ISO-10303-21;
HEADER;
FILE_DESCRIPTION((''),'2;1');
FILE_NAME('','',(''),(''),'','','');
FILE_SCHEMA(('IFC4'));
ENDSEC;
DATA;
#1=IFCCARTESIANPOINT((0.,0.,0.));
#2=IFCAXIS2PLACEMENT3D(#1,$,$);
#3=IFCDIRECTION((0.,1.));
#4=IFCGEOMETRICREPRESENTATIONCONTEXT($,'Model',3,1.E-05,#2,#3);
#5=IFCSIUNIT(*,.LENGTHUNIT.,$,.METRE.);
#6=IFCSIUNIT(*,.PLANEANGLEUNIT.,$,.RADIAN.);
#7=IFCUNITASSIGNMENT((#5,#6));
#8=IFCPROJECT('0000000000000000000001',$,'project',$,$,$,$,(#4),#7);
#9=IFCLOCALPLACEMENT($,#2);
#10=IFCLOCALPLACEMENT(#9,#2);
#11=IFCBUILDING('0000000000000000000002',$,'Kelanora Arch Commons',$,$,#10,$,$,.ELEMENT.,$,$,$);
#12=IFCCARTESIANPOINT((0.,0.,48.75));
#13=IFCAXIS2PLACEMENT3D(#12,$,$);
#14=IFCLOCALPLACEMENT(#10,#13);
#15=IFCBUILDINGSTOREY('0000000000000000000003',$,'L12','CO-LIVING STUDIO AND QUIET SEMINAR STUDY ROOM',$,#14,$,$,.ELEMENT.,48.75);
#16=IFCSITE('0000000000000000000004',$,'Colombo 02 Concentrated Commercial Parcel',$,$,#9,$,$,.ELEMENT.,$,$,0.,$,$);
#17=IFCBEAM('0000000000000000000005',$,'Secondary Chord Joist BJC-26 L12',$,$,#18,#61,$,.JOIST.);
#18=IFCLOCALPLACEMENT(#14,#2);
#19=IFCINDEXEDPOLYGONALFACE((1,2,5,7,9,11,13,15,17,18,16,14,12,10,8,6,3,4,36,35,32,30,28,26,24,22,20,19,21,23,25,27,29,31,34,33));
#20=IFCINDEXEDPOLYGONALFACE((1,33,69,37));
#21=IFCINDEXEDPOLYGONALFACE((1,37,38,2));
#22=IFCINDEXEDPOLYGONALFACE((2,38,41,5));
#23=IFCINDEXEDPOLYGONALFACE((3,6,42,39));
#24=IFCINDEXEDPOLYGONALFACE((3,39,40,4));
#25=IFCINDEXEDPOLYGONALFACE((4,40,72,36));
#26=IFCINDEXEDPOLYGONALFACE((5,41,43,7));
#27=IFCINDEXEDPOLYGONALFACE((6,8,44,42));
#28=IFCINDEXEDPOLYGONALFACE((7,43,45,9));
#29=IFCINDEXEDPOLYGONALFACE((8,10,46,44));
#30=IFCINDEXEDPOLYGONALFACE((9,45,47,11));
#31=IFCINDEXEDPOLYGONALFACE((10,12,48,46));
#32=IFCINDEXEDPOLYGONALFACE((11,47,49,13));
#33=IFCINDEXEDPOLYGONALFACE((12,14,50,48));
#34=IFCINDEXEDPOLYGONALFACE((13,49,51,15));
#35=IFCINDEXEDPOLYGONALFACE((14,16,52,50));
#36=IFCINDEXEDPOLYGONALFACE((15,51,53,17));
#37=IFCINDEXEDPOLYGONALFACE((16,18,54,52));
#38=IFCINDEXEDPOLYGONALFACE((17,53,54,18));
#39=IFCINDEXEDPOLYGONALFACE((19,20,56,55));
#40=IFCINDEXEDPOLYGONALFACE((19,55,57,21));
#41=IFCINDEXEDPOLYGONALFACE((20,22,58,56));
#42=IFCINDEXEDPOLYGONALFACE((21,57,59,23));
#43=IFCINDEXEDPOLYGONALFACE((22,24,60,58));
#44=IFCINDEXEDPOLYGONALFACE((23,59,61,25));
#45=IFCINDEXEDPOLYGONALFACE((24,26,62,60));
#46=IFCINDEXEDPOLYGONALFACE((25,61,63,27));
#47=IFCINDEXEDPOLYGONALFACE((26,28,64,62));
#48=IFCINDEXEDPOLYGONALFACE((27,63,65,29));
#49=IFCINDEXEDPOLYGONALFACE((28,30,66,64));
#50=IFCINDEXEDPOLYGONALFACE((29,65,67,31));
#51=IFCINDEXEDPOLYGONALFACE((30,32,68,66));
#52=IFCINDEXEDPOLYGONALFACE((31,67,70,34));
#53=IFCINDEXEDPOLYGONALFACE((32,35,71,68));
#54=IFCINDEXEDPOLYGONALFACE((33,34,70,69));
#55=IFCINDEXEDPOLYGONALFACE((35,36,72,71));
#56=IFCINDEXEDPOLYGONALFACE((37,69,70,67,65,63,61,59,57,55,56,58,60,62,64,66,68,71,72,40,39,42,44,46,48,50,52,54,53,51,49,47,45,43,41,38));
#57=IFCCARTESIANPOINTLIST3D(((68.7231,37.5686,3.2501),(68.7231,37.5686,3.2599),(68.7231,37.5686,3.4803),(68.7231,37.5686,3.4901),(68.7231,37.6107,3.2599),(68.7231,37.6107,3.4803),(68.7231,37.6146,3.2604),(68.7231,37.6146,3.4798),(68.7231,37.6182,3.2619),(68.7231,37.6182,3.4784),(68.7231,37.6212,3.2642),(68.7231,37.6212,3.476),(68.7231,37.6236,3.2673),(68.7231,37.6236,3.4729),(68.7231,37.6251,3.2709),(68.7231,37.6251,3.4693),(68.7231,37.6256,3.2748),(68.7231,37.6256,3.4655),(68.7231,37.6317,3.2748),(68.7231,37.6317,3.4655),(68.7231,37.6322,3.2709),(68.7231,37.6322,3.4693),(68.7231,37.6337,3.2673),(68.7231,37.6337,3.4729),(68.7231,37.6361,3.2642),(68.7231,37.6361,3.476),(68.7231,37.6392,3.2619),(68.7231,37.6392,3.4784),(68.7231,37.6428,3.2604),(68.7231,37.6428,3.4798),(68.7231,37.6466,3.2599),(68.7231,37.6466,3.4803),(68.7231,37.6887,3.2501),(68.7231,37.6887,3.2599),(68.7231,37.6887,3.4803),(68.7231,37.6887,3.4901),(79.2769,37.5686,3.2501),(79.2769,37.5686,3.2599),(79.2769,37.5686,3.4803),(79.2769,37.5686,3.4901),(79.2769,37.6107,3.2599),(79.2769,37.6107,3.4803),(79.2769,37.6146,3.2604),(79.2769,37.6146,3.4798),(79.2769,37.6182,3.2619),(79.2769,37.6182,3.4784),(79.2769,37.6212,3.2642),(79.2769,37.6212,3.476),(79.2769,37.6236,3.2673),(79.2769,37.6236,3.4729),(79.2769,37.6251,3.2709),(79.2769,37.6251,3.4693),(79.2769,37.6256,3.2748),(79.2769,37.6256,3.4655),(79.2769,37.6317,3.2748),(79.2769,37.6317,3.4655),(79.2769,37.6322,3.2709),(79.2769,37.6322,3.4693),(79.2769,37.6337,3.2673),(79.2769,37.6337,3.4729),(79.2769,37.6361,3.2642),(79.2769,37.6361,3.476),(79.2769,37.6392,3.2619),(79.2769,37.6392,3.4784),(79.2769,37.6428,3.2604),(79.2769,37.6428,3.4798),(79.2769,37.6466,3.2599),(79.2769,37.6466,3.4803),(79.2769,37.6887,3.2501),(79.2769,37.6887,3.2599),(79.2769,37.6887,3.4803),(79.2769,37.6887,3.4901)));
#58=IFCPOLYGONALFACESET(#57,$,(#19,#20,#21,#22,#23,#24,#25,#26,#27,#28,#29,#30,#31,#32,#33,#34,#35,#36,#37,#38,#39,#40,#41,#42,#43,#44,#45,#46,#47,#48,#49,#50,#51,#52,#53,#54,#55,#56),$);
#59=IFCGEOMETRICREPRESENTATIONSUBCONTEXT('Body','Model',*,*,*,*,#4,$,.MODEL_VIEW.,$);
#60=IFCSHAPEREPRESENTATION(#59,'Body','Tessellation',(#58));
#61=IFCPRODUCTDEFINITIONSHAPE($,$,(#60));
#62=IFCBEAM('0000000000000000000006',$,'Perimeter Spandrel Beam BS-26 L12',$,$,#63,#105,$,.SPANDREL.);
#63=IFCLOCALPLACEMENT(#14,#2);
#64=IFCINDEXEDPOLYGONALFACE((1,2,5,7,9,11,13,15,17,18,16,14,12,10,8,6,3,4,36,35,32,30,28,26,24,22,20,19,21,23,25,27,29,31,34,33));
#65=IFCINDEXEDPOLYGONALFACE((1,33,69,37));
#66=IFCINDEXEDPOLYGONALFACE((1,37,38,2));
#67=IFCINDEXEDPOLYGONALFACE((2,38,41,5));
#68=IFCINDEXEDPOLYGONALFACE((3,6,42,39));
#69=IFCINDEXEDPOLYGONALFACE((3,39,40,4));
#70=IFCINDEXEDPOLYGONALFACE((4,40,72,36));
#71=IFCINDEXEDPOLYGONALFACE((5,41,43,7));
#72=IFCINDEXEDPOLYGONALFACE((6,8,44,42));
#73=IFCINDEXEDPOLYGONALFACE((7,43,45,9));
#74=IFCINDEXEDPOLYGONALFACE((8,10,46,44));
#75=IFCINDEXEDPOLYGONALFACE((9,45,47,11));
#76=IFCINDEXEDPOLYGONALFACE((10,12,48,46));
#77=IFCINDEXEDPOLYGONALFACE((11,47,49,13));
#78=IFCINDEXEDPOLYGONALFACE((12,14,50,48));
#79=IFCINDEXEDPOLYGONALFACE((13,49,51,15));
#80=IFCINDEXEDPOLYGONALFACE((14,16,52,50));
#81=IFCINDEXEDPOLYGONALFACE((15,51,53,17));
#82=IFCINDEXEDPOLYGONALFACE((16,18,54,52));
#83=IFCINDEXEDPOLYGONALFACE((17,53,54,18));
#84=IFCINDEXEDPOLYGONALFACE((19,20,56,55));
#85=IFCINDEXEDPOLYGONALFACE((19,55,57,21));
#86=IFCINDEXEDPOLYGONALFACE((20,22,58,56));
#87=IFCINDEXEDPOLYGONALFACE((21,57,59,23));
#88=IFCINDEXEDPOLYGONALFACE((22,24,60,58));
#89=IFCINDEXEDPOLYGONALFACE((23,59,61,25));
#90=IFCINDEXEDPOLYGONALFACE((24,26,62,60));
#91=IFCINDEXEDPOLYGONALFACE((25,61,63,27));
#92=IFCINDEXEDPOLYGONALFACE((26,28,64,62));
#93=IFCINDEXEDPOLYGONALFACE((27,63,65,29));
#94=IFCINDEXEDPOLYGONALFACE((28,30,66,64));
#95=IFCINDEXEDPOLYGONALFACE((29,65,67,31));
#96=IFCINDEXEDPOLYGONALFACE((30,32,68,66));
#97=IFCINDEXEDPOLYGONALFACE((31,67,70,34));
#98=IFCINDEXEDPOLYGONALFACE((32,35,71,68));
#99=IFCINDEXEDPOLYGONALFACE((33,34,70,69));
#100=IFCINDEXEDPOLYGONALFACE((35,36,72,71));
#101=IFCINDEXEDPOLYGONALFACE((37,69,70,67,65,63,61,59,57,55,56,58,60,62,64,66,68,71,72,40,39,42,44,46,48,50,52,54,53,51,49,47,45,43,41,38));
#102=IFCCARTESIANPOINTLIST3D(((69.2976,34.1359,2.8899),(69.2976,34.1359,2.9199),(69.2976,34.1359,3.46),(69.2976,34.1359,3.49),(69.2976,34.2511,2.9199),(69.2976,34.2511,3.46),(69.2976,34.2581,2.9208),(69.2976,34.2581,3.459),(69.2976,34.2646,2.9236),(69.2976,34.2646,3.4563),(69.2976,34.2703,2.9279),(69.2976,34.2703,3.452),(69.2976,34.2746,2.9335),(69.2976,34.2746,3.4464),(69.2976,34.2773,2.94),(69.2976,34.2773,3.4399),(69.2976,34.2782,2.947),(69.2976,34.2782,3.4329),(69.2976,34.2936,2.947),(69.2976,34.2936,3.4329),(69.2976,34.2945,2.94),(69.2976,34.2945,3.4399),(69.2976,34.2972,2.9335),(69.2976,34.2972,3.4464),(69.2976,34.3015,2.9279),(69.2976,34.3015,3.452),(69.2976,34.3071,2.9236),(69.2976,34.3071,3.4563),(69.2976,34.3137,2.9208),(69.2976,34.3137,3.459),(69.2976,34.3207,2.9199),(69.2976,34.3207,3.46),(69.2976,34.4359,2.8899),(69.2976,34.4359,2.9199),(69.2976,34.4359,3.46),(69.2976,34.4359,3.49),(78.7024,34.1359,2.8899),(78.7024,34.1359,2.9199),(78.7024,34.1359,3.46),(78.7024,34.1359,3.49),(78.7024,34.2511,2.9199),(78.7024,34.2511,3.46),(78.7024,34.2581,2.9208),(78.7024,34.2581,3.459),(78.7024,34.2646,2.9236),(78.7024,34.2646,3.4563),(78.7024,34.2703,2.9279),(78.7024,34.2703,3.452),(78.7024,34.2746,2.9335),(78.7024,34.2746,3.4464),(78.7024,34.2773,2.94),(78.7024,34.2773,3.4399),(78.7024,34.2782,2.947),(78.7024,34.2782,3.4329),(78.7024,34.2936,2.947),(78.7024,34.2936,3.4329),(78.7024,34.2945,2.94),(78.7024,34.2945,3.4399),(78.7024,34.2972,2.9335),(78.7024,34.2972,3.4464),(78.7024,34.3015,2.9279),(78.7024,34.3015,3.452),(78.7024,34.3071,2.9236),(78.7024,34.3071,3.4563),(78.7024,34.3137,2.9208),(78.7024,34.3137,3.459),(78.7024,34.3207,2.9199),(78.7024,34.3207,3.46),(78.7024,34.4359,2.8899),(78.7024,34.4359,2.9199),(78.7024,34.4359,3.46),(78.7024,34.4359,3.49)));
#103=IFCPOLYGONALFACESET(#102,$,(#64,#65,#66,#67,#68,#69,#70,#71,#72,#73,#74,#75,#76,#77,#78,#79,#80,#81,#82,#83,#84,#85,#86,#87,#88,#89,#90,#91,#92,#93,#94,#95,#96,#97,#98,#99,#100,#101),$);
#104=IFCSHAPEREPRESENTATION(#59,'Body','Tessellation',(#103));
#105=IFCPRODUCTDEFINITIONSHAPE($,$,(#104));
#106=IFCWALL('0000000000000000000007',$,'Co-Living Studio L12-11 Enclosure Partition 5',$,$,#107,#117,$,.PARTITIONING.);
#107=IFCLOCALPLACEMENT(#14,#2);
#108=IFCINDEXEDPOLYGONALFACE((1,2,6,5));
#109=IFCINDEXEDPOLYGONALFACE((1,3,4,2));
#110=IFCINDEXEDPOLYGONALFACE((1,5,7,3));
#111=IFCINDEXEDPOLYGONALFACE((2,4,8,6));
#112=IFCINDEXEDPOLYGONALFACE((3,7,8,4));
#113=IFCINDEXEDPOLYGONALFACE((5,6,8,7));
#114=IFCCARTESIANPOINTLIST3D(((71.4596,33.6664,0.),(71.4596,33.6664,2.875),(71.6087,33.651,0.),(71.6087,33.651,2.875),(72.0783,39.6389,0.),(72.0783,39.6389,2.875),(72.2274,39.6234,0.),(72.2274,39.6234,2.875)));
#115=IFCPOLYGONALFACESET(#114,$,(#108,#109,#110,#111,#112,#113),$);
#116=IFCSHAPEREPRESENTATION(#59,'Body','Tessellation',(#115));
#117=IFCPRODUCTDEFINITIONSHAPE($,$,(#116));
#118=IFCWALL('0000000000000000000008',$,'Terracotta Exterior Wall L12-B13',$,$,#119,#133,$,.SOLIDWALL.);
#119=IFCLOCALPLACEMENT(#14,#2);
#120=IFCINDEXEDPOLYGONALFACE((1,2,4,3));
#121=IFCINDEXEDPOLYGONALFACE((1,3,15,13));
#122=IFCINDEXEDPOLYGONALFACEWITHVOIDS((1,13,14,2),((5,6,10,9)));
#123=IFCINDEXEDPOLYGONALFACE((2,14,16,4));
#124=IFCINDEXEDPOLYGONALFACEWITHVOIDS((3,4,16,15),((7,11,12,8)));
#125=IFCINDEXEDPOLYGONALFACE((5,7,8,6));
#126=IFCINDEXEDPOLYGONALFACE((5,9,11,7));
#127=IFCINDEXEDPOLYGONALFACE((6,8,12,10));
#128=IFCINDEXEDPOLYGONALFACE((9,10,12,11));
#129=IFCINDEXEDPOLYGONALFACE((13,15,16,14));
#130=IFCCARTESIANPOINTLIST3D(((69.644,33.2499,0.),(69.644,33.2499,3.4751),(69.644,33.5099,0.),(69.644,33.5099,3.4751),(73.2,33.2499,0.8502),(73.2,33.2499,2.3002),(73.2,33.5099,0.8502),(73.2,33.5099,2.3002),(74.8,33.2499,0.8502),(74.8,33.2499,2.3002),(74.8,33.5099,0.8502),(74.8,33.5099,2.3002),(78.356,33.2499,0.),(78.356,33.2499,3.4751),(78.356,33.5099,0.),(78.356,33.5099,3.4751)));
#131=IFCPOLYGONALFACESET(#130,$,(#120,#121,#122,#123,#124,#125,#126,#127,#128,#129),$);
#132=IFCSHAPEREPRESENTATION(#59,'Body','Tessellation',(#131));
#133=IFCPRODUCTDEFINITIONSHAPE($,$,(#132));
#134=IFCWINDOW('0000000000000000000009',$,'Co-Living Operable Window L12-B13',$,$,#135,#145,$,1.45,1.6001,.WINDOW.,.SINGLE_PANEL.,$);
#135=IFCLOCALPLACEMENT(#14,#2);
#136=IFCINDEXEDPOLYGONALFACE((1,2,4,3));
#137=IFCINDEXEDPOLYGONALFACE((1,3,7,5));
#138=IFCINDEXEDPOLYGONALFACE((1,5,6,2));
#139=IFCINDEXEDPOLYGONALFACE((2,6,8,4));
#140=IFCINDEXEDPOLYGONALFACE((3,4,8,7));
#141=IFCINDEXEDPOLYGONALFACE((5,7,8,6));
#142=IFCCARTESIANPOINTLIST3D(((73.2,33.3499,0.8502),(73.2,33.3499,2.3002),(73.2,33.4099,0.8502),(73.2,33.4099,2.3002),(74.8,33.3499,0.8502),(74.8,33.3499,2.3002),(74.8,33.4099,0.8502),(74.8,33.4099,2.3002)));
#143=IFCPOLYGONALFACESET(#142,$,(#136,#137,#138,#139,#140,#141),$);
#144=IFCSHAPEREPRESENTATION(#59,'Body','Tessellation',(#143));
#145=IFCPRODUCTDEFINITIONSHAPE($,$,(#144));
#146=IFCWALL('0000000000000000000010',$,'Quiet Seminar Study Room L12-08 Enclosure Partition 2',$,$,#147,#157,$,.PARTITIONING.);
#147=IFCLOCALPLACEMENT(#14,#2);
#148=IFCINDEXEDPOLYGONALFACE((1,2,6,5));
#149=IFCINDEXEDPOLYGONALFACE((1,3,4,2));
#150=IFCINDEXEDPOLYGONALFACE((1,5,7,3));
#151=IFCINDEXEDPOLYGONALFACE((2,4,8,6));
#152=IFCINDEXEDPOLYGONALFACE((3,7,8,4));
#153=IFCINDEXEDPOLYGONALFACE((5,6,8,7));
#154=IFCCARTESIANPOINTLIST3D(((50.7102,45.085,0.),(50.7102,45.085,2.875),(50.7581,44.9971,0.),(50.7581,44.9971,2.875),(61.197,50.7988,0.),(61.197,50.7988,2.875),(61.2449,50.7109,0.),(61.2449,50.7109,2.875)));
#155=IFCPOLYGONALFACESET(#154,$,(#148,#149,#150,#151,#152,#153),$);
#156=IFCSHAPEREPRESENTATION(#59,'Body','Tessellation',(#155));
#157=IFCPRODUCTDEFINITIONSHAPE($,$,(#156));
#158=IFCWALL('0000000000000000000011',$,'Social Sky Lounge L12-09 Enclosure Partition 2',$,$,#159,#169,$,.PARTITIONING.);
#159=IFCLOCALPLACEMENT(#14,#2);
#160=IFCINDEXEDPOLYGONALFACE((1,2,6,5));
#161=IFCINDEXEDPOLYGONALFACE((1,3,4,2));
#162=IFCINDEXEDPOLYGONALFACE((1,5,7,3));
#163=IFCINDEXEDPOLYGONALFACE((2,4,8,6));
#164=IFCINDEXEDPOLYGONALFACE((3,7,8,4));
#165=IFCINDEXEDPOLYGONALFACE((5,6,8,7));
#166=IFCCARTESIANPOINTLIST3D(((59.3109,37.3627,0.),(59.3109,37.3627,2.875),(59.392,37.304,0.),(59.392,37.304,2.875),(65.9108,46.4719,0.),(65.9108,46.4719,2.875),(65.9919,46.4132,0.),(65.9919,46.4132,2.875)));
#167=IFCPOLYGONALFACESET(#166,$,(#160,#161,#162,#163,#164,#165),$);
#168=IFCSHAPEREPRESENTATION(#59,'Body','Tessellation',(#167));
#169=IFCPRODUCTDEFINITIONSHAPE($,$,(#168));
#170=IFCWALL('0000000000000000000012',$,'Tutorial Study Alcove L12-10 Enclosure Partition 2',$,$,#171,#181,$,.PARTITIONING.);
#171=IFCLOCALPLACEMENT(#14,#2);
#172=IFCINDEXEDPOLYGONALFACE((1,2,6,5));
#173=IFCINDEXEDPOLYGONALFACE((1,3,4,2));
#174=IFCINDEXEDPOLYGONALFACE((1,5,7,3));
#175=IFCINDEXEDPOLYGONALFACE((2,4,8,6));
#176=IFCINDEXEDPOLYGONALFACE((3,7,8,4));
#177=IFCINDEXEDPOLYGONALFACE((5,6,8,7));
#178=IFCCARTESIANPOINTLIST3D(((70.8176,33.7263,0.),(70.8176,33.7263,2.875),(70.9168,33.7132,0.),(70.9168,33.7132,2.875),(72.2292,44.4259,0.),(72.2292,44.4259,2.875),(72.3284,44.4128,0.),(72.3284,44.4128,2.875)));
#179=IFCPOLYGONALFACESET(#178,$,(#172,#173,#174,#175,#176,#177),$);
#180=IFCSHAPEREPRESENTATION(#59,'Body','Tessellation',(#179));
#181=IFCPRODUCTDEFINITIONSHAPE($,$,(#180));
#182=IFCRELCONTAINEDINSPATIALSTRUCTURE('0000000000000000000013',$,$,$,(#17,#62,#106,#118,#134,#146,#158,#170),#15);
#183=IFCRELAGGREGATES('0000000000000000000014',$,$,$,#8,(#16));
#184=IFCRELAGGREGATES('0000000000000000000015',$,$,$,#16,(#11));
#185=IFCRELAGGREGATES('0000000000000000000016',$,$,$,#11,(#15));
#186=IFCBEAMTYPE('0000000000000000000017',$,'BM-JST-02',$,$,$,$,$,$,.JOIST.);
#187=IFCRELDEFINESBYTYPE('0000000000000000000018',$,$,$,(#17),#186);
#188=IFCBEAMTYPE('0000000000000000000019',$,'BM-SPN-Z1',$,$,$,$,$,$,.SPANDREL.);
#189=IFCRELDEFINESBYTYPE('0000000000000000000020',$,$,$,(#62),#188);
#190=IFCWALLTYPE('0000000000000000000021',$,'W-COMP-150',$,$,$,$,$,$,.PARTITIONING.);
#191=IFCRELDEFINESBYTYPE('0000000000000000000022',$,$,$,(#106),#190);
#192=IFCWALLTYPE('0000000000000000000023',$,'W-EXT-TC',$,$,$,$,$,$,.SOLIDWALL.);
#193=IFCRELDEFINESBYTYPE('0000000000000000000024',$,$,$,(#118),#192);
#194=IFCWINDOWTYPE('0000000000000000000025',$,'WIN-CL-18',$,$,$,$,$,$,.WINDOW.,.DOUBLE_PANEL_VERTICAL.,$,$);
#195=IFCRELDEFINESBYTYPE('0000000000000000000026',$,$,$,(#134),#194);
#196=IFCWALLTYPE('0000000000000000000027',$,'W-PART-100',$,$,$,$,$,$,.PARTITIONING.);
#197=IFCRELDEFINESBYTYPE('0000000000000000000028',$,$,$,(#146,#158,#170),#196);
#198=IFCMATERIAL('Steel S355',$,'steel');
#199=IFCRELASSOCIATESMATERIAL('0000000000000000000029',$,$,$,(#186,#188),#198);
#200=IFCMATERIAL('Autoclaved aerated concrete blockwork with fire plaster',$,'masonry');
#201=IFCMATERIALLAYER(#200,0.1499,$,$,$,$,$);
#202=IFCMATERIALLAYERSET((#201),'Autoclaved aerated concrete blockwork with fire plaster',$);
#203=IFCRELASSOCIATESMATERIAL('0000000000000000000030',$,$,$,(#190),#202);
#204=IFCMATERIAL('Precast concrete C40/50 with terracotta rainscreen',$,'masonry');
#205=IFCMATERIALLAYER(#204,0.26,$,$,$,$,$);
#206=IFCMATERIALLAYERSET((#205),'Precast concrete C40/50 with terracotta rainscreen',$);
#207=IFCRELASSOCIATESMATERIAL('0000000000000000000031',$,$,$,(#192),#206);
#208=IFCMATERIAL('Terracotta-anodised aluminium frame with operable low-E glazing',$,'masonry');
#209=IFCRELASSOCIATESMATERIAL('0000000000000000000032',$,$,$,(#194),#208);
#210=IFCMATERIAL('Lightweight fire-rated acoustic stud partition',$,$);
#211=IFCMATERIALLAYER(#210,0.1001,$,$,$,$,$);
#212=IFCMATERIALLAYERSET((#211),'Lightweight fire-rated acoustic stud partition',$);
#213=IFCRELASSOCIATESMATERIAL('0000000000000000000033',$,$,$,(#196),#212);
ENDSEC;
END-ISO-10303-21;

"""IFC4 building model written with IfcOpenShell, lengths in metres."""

from ifc_helpers import new_model, si_unit, direction, frame, frame_2d, origin, origin_2d, place, context, subcontext, project, spatial, rectangle, i_section, extrude, material, layer, layer_set, material_profile, profile_set, type_object, element, fill, save


model = new_model("IFC4")

# Units and contexts
model_context = context("Model", 3, precision=1e-05, world=origin(), true_north=direction((0.0, 1.0)))
body_context = subcontext(model_context, "Body", "Model", "MODEL_VIEW")
ifc_project = project(units=[si_unit("LENGTHUNIT", "METRE"), si_unit("PLANEANGLEUNIT", "RADIAN")], contexts=[model_context])

# Site, building, storey
site_placement = place(None, origin())
site = spatial("IfcSite", under=ifc_project, at=site_placement, Name="Colombo 02 Concentrated Commercial Parcel", CompositionType="ELEMENT", RefElevation=0.0)
building_placement = place(site_placement, origin())
building = spatial("IfcBuilding", under=site, at=building_placement, Name="Kelanora Arch Commons", CompositionType="ELEMENT")
storey_placement = place(building_placement, frame((0.0, 0.0, 48.75)))
storey = spatial("IfcBuildingStorey", under=building, at=storey_placement, Name="L12", Description="CO-LIVING STUDIO AND QUIET SEMINAR STUDY ROOM", CompositionType="ELEMENT", Elevation=48.75)

# Beams
ifc_material_1 = material(Name="Steel S355", Category="steel")
ifc_material_profile_1 = material_profile(ifc_material_1, i_section(OverallWidth=0.1201, OverallDepth=0.24, WebThickness=0.0061, FlangeThickness=0.0098, FilletRadius=0.0149, at=origin_2d()), Name="IPE240")
ifc_profile_set_1 = profile_set([ifc_material_profile_1], Name="Steel S355")
beam_type_1 = type_object("IfcBeamType", Name="BM-JST-02", PredefinedType="JOIST", material=ifc_profile_set_1)
beam_1_placement = place(storey_placement, frame((68.7231, 37.6287, 3.3701), z_axis=(1.0, 0.0, 0.0), x_axis=(0.0, 1.0, 0.0)))
element("IfcBeam", 1, at=beam_1_placement, inside=storey, type_object=beam_type_1, Name="Secondary Chord Joist BJC-26 L12", PredefinedType="JOIST", context=body_context, shape_type="SweptSolid", body=[
    extrude(i_section(OverallWidth=0.1201, OverallDepth=0.24, WebThickness=0.0061, FlangeThickness=0.0098, FilletRadius=0.0149, at=origin_2d()), origin(), (0.0, 0.0, 1.0), 10.5537),
])
ifc_material_profile_2 = material_profile(ifc_material_1, i_section(OverallWidth=0.3, OverallDepth=0.6001, WebThickness=0.0154, FlangeThickness=0.03, FilletRadius=0.0271, at=origin_2d()), Name="HEB600")
ifc_profile_set_2 = profile_set([ifc_material_profile_2], Name="Steel S355")
beam_type_2 = type_object("IfcBeamType", Name="BM-SPN-Z1", PredefinedType="SPANDREL", material=ifc_profile_set_2)
beam_2_placement = place(storey_placement, frame((69.2976, 34.2859, 3.1899), z_axis=(1.0, 0.0, 0.0), x_axis=(0.0, 1.0, 0.0)))
element("IfcBeam", 2, at=beam_2_placement, inside=storey, type_object=beam_type_2, Name="Perimeter Spandrel Beam BS-26 L12", PredefinedType="SPANDREL", context=body_context, shape_type="SweptSolid", body=[
    extrude(i_section(OverallWidth=0.3, OverallDepth=0.6001, WebThickness=0.0154, FlangeThickness=0.03, FilletRadius=0.0271, at=origin_2d()), origin(), (0.0, 0.0, 1.0), 9.4048),
])

# Wall
ifc_material_2 = material(Name="Autoclaved aerated concrete blockwork with fire plaster", Category="masonry")
ifc_layer_1 = layer(ifc_material_2, 0.1499)
ifc_layer_set_1 = layer_set([ifc_layer_1], Name="Autoclaved aerated concrete blockwork with fire plaster")
wall_type_1 = type_object("IfcWallType", Name="W-COMP-150", PredefinedType="PARTITIONING", material=ifc_layer_set_1)
wall_1_placement = place(storey_placement, frame((71.5342, 33.6587, 0.0), z_axis=(0.0, 0.0, 1.0), x_axis=(0.103034, 0.994678, 0.0)))
element("IfcWall", 3, at=wall_1_placement, inside=storey, type_object=wall_type_1, Name="Co-Living Studio L12-11 Enclosure Partition 5", PredefinedType="PARTITIONING", context=body_context, shape_type="SweptSolid", body=[
    extrude(rectangle(XDim=6.0044, YDim=0.1499, at=frame_2d((3.0022, 0.0))), origin(), (0.0, 0.0, 1.0), 2.875),
])

# Wall, opening, window
ifc_material_3 = material(Name="Precast concrete C40/50 with terracotta rainscreen", Category="masonry")
ifc_layer_2 = layer(ifc_material_3, 0.26)
ifc_layer_set_2 = layer_set([ifc_layer_2], Name="Precast concrete C40/50 with terracotta rainscreen")
wall_type_2 = type_object("IfcWallType", Name="W-EXT-TC", PredefinedType="SOLIDWALL", material=ifc_layer_set_2)
wall_2_placement = place(storey_placement, frame((69.644, 33.3799, 0.0), z_axis=(0.0, 0.0, 1.0), x_axis=(1.0, 0.0, 0.0)))
wall_2 = element("IfcWall", 4, at=wall_2_placement, inside=storey, type_object=wall_type_2, Name="Terracotta Exterior Wall L12-B13", PredefinedType="SOLIDWALL", context=body_context, shape_type="SweptSolid", body=[
    extrude(rectangle(XDim=8.7119, YDim=0.26, at=frame_2d((4.356, 0.0))), origin(), (0.0, 0.0, 1.0), 3.4751),
])
opening_1_placement = place(wall_2_placement, frame((3.5559, 0.0, 0.8501)))
opening_1 = element("IfcOpeningElement", 5, at=opening_1_placement, cuts=wall_2, PredefinedType="OPENING", context=body_context, shape_type="SweptSolid", body=[
    extrude(rectangle(XDim=1.6001, YDim=1.45, at=frame_2d((0.8, 0.7251))), frame((0.0, 0.1401, 0.0), z_axis=(0.0, -1.0, 0.0), x_axis=(1.0, 0.0, 0.0)), (0.0, 0.0, 1.0), 0.28),
])
ifc_material_4 = material(Name="Terracotta-anodised aluminium frame with operable low-E glazing", Category="masonry")
window_type = type_object("IfcWindowType", Name="WIN-CL-18", PartitioningType="DOUBLE_PANEL_VERTICAL", PredefinedType="WINDOW", material=ifc_material_4)
window_placement = place(opening_1_placement, origin())
window = element("IfcWindow", 6, at=window_placement, inside=storey, type_object=window_type, Name="Co-Living Operable Window L12-B13", OverallHeight=1.45, OverallWidth=1.6001, PartitioningType="SINGLE_PANEL", PredefinedType="WINDOW", context=body_context, shape_type="SweptSolid", body=[
    extrude(rectangle(XDim=1.6001, YDim=1.45, at=frame_2d((0.8, 0.7251))), frame((0.0, 0.03, 0.0), z_axis=(0.0, -1.0, 0.0), x_axis=(1.0, 0.0, 0.0)), (0.0, 0.0, 1.0), 0.0601),
])
fill(opening_1, window)

# Walls
ifc_material_5 = material(Name="Lightweight fire-rated acoustic stud partition")
ifc_layer_3 = layer(ifc_material_5, 0.1001)
ifc_layer_set_3 = layer_set([ifc_layer_3], Name="Lightweight fire-rated acoustic stud partition")
wall_type_3 = type_object("IfcWallType", Name="W-PART-100", PredefinedType="PARTITIONING", material=ifc_layer_set_3)
wall_3_placement = place(storey_placement, frame((61.2209, 50.7549, 0.0), z_axis=(0.0, 0.0, 1.0), x_axis=(-0.878114, -0.478451, 0.0)))
element("IfcWall", 7, at=wall_3_placement, inside=storey, type_object=wall_type_3, Name="Quiet Seminar Study Room L12-08 Enclosure Partition 2", PredefinedType="PARTITIONING", context=body_context, shape_type="SweptSolid", body=[
    extrude(rectangle(XDim=11.9424, YDim=0.1001, at=frame_2d((5.9712, 0.0))), origin(), (0.0, 0.0, 1.0), 2.875),
])
wall_4_placement = place(storey_placement, frame((65.9514, 46.4426, 0.0), z_axis=(0.0, 0.0, 1.0), x_axis=(-0.586719, -0.809791, 0.0)))
element("IfcWall", 8, at=wall_4_placement, inside=storey, type_object=wall_type_3, Name="Social Sky Lounge L12-09 Enclosure Partition 2", PredefinedType="PARTITIONING", context=body_context, shape_type="SweptSolid", body=[
    extrude(rectangle(XDim=11.2488, YDim=0.1001, at=frame_2d((5.6245, 0.0))), origin(), (0.0, 0.0, 1.0), 2.875),
])
wall_5_placement = place(storey_placement, frame((72.2788, 44.4192, 0.0), z_axis=(0.0, 0.0, 1.0), x_axis=(-0.1308, -0.991409, 0.0)))
element("IfcWall", 9, at=wall_5_placement, inside=storey, type_object=wall_type_3, Name="Tutorial Study Alcove L12-10 Enclosure Partition 2", PredefinedType="PARTITIONING", context=body_context, shape_type="SweptSolid", body=[
    extrude(rectangle(XDim=10.7922, YDim=0.1001, at=frame_2d((5.396, 0.0))), origin(), (0.0, 0.0, 1.0), 2.875),
])

save(model, "model.ifc")
